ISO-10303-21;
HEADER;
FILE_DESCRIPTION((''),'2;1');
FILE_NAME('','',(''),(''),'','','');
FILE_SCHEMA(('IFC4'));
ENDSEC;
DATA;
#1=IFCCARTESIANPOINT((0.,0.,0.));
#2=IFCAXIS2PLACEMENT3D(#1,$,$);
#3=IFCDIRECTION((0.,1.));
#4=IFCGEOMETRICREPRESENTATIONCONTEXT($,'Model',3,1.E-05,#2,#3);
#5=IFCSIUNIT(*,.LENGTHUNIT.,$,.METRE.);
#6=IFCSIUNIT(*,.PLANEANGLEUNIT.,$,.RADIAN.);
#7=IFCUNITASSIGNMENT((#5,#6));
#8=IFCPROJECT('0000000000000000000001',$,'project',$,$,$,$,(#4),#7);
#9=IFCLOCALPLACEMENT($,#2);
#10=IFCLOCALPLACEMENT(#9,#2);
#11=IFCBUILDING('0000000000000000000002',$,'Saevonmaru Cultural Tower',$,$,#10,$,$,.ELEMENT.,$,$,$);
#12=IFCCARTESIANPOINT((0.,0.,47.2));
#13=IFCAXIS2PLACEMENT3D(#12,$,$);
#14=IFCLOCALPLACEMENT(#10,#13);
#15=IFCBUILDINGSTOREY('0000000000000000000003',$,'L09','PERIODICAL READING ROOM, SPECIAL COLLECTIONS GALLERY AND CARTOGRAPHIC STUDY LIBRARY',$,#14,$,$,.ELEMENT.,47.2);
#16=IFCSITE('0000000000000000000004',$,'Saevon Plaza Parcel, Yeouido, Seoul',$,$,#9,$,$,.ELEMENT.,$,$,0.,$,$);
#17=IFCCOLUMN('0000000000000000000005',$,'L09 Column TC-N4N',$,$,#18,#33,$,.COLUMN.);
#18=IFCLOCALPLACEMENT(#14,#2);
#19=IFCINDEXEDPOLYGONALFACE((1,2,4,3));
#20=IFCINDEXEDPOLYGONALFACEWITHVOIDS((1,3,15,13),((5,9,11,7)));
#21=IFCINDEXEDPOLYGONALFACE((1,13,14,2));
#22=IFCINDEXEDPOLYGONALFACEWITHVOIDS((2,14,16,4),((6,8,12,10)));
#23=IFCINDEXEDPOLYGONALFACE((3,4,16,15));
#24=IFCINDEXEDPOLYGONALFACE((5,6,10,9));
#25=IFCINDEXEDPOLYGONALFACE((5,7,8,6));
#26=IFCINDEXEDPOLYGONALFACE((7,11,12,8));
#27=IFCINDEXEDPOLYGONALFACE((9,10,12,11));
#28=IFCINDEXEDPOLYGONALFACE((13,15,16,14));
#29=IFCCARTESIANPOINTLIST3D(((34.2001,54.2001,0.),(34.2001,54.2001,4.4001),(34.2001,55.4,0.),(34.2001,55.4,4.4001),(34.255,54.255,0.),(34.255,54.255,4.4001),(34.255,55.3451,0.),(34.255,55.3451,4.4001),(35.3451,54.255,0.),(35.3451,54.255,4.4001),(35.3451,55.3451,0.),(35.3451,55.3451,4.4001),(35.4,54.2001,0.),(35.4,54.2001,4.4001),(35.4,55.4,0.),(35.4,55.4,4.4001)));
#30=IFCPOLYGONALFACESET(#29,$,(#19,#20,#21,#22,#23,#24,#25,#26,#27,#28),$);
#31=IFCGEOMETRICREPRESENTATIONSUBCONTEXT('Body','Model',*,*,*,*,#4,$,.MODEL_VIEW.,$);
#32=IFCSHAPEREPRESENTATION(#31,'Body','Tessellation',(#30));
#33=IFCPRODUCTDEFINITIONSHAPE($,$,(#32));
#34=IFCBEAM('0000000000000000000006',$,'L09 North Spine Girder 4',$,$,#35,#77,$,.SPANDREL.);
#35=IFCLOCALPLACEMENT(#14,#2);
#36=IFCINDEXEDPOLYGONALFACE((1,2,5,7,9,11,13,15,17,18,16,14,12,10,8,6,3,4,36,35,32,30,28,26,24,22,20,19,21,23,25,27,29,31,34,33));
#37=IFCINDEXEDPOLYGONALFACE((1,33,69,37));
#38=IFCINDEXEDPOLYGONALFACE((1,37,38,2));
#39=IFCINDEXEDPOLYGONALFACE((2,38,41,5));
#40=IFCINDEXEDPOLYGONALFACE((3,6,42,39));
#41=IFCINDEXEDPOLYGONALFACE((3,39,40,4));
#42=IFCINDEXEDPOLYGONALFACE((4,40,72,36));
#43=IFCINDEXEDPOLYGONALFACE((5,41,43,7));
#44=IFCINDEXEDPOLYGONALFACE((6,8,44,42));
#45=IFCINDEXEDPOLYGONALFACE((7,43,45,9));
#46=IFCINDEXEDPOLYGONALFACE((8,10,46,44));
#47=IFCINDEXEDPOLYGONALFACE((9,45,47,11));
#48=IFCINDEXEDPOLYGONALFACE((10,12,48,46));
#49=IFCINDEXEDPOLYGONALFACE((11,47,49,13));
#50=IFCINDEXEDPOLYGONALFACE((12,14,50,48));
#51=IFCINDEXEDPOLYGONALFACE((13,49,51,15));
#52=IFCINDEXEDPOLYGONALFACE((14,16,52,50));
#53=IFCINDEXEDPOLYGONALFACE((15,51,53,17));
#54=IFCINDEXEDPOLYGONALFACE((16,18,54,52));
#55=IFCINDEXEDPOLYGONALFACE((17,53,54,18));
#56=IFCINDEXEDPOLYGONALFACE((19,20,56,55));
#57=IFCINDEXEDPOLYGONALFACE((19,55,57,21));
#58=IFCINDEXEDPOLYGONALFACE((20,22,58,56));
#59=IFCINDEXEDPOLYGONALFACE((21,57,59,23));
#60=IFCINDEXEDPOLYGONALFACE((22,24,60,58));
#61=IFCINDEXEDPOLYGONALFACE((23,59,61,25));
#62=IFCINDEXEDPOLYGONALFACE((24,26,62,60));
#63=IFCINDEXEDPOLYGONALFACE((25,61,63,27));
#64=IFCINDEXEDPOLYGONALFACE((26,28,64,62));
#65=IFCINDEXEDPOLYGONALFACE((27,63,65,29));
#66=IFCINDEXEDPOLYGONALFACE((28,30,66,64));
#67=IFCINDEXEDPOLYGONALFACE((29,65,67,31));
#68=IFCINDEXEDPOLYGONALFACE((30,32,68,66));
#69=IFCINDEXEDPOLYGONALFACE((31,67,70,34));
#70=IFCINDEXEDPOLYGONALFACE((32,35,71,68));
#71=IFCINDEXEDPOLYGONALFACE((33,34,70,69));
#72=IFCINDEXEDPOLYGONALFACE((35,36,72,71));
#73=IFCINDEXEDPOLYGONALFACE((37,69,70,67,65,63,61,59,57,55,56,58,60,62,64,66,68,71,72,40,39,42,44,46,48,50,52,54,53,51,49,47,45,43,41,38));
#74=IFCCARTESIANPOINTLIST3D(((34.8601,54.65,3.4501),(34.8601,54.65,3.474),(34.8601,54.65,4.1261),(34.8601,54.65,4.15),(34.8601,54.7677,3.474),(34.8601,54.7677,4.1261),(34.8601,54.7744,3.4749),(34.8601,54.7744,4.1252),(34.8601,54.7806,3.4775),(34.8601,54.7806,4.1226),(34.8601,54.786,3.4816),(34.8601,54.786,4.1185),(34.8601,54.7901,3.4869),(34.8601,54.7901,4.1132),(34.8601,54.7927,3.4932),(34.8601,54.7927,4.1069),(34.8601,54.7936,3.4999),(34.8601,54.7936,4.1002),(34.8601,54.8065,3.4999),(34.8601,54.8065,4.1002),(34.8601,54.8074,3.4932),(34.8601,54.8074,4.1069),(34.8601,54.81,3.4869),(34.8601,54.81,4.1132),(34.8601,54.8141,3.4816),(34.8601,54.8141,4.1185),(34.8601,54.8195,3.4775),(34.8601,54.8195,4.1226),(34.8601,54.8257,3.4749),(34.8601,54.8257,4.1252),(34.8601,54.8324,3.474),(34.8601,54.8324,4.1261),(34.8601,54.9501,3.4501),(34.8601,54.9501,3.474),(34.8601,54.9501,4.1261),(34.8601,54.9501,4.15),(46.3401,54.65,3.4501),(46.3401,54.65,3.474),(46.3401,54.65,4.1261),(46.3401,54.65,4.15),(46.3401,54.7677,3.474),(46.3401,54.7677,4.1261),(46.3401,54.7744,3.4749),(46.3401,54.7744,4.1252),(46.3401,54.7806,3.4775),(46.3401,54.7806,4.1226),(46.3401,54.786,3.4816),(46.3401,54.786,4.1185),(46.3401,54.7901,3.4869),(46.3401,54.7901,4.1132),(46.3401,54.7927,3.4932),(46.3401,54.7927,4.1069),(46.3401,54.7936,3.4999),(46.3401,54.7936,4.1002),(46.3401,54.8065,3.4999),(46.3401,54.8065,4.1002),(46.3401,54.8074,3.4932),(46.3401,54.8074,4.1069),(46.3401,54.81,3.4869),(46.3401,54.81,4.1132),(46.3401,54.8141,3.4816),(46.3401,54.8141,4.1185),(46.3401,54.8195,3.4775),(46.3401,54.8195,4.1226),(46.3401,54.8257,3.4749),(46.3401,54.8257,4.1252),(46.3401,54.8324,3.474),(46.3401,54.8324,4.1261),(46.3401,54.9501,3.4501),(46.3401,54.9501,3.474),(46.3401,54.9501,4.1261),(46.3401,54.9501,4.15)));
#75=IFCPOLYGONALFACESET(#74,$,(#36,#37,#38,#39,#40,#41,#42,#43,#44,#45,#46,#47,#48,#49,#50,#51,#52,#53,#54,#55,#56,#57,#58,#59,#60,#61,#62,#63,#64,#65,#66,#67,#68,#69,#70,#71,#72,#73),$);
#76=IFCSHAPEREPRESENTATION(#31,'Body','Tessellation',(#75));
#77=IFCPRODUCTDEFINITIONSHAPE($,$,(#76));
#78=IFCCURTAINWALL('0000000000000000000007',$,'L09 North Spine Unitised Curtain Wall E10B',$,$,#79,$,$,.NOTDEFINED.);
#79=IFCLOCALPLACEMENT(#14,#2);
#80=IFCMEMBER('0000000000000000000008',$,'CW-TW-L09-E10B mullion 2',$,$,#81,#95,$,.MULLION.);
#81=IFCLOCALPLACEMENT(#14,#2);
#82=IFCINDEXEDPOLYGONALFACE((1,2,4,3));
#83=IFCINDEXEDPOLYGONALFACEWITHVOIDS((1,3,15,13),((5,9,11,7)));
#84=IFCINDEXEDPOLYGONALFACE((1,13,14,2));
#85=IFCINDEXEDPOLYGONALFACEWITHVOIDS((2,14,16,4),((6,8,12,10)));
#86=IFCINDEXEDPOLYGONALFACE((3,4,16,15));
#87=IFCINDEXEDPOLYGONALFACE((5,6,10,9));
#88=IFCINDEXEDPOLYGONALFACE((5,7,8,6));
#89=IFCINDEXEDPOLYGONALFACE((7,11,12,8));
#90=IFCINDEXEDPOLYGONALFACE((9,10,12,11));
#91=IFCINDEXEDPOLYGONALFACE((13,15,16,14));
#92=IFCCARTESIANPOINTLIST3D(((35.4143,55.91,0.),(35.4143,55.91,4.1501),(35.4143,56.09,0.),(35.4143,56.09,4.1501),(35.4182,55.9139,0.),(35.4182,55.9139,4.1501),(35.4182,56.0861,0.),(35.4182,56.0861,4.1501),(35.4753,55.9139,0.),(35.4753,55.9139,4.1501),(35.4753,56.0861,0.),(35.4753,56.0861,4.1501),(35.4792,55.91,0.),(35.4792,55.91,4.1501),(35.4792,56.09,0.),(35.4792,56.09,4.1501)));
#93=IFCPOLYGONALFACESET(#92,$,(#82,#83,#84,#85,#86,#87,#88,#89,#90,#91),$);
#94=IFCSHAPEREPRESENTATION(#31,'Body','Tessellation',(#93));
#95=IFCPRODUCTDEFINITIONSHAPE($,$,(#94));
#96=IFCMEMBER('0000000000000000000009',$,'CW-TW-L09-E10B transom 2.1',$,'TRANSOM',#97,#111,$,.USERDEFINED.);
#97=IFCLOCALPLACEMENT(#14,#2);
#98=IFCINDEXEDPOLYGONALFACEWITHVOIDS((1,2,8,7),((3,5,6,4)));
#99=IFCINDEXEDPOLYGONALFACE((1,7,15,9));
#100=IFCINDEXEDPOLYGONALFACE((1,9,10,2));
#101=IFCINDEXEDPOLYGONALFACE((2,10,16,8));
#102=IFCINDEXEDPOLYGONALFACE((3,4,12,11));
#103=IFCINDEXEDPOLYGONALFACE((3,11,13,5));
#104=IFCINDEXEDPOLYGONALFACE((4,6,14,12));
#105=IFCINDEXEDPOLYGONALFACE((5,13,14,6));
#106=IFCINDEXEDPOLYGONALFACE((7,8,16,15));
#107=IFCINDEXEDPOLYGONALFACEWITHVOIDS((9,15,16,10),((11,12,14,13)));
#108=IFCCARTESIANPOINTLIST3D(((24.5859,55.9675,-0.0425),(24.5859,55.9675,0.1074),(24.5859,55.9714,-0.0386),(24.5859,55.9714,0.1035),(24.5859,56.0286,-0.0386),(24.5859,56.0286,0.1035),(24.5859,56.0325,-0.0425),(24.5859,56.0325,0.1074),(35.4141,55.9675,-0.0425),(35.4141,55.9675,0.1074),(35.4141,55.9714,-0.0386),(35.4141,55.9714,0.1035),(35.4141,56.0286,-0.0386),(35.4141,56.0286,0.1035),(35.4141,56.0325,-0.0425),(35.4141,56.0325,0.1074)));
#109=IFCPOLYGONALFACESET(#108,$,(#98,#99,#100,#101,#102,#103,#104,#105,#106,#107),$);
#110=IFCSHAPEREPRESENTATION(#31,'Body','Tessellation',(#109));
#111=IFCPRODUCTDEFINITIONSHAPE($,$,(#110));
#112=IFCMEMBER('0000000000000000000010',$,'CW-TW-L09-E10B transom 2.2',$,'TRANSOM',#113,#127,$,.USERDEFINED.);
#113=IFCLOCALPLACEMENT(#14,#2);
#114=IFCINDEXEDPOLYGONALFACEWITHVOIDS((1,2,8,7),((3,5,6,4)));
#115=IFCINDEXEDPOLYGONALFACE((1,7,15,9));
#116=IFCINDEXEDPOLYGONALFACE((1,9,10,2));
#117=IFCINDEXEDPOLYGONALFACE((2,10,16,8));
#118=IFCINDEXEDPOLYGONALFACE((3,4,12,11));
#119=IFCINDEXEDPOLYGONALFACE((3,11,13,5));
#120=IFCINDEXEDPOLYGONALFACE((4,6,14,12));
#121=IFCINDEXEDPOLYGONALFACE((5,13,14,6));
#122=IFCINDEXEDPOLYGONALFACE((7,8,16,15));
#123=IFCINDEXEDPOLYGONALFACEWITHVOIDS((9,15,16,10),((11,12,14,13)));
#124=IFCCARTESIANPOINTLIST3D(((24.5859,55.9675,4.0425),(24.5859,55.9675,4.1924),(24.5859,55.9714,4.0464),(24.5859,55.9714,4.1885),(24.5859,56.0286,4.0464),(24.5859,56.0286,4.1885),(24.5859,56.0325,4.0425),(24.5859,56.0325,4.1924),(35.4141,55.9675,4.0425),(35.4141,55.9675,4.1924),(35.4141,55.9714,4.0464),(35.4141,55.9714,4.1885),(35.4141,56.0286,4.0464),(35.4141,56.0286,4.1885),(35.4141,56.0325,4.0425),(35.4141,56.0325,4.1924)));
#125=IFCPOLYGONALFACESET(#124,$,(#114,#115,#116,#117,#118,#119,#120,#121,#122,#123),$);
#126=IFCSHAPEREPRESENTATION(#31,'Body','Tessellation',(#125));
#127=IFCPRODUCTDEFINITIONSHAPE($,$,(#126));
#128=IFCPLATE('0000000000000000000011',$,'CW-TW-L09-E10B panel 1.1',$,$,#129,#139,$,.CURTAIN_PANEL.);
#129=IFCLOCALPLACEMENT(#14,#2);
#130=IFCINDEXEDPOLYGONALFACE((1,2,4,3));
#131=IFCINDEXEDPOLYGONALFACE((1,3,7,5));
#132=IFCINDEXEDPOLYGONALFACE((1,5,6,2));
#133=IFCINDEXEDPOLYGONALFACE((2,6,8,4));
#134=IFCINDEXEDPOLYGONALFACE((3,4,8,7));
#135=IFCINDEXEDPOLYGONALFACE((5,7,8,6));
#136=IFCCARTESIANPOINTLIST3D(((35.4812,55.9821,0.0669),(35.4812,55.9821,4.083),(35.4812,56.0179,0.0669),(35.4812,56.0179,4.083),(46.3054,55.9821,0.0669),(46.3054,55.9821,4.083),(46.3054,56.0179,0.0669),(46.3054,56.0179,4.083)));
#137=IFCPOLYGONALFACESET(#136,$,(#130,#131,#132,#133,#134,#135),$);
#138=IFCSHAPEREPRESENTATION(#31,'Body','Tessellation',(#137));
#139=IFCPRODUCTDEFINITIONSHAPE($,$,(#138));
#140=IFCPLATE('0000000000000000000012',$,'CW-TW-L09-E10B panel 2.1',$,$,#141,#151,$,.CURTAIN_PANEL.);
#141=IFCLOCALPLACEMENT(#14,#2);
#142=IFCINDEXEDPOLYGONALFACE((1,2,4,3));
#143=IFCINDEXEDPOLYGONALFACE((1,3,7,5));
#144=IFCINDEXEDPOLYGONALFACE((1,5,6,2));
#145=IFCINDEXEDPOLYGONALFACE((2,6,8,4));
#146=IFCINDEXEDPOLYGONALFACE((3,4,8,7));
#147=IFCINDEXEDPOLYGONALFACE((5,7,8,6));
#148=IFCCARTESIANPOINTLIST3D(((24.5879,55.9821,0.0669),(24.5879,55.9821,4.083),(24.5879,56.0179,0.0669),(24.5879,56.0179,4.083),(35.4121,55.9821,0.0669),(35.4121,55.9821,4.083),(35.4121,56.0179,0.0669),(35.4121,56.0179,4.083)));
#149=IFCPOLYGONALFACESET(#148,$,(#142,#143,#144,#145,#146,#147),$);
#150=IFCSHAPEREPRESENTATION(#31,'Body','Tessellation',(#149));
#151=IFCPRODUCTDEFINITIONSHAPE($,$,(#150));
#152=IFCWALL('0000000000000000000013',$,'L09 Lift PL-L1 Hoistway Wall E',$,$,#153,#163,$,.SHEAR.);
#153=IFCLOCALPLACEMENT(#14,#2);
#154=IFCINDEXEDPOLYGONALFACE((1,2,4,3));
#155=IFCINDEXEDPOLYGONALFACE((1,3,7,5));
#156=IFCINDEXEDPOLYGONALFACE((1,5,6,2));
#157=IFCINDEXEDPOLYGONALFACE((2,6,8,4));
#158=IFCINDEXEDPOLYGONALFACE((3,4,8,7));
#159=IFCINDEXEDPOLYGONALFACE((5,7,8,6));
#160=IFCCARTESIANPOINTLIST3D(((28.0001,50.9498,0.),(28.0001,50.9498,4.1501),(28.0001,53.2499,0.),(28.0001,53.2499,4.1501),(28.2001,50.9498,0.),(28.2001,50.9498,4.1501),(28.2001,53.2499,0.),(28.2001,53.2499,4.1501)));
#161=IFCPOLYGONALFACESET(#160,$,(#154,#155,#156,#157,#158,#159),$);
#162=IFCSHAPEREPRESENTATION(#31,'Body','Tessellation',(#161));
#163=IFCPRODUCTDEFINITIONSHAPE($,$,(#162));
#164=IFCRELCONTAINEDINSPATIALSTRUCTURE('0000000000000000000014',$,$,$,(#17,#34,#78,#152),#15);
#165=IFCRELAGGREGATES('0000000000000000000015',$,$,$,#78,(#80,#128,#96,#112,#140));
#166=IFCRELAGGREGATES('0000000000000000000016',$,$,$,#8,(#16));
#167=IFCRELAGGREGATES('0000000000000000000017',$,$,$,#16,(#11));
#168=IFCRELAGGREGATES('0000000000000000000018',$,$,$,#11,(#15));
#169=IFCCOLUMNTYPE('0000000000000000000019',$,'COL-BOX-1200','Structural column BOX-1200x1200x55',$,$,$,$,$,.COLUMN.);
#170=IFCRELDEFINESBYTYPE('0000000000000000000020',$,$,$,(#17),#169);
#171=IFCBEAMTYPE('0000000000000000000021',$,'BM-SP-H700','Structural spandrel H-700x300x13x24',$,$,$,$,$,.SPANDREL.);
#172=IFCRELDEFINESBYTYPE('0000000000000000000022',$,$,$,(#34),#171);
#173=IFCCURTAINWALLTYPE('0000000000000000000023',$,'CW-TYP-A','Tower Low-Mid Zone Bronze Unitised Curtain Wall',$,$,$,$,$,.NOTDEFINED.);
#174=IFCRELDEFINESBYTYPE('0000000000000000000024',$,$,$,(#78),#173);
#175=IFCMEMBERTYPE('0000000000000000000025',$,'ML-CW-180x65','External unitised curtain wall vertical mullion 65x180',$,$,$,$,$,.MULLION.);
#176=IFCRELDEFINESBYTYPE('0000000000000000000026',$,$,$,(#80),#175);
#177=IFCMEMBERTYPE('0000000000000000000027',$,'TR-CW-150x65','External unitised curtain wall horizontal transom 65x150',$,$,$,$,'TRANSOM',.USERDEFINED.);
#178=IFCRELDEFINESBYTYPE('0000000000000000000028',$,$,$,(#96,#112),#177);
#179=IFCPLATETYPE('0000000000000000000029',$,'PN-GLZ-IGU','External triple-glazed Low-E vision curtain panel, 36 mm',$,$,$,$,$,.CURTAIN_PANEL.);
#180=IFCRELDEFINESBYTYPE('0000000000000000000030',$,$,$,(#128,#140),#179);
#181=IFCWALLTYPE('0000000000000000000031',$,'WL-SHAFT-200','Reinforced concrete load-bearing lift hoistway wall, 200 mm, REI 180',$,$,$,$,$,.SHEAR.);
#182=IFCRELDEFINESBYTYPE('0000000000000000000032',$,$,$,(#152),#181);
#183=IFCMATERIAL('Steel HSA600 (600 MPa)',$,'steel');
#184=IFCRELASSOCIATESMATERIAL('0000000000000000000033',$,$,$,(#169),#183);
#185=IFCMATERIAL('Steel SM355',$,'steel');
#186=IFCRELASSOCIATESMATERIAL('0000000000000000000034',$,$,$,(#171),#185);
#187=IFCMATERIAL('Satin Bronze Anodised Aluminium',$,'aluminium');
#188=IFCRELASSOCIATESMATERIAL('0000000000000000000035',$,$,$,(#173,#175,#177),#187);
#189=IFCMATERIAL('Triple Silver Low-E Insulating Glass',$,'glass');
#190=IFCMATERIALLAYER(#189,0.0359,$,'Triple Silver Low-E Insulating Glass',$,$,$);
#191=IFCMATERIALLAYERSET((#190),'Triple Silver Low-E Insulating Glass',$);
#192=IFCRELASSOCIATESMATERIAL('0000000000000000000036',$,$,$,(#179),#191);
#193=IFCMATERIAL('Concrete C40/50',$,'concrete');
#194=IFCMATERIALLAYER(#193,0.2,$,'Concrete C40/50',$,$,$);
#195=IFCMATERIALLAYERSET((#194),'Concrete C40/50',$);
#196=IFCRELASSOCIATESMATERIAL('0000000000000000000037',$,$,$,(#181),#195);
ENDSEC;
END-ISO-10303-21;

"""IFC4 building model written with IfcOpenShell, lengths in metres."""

from ifc_helpers import new_model, si_unit, direction, frame, frame_2d, origin, origin_2d, place, context, subcontext, project, spatial, rectangle, hollow_rectangle, i_section, extrude, material, layer, layer_set, material_profile, profile_set, type_object, element, aggregate, save


model = new_model("IFC4")

# Units and contexts
model_context = context("Model", 3, precision=1e-05, world=origin(), true_north=direction((0.0, 1.0)))
body_context = subcontext(model_context, "Body", "Model", "MODEL_VIEW")
ifc_project = project(units=[si_unit("LENGTHUNIT", "METRE"), si_unit("PLANEANGLEUNIT", "RADIAN")], contexts=[model_context])

# Site, building, storey
site_placement = place(None, origin())
site = spatial("IfcSite", under=ifc_project, at=site_placement, Name="Saevon Plaza Parcel, Yeouido, Seoul", CompositionType="ELEMENT", RefElevation=0.0)
building_placement = place(site_placement, origin())
building = spatial("IfcBuilding", under=site, at=building_placement, Name="Saevonmaru Cultural Tower", CompositionType="ELEMENT")
storey_placement = place(building_placement, frame((0.0, 0.0, 47.2)))
storey = spatial("IfcBuildingStorey", under=building, at=storey_placement, Name="L09", Description="PERIODICAL READING ROOM, SPECIAL COLLECTIONS GALLERY AND CARTOGRAPHIC STUDY LIBRARY", CompositionType="ELEMENT", Elevation=47.2)

# Column
ifc_material_1 = material(Name="Steel HSA600 (600 MPa)", Category="steel")
ifc_material_profile_1 = material_profile(ifc_material_1, hollow_rectangle(XDim=1.2, YDim=1.2, WallThickness=0.0549, at=origin_2d()), Name="BOX-1200x1200x55")
ifc_profile_set_1 = profile_set([ifc_material_profile_1], Name="Steel HSA600 (600 MPa)")
column_type = type_object("IfcColumnType", Name="COL-BOX-1200", Description="Structural column BOX-1200x1200x55", PredefinedType="COLUMN", material=ifc_profile_set_1)
column_placement = place(storey_placement, frame((34.8, 54.8, 0.0), z_axis=(0.0, 0.0, 1.0), x_axis=(1.0, 0.0, 0.0)))
element("IfcColumn", 1, at=column_placement, inside=storey, type_object=column_type, Name="L09 Column TC-N4N", PredefinedType="COLUMN", context=body_context, shape_type="SweptSolid", body=[
    extrude(hollow_rectangle(XDim=1.2, YDim=1.2, WallThickness=0.0549, at=origin_2d()), origin(), (0.0, 0.0, 1.0), 4.4001),
])

# Beam
ifc_material_2 = material(Name="Steel SM355", Category="steel")
ifc_material_profile_2 = material_profile(ifc_material_2, i_section(OverallWidth=0.3, OverallDepth=0.7, WebThickness=0.0129, FlangeThickness=0.0239, FilletRadius=0.0259, at=origin_2d()), Name="H-700x300x13x24")
ifc_profile_set_2 = profile_set([ifc_material_profile_2], Name="Steel SM355")
beam_type = type_object("IfcBeamType", Name="BM-SP-H700", Description="Structural spandrel H-700x300x13x24", PredefinedType="SPANDREL", material=ifc_profile_set_2)
beam_placement = place(storey_placement, frame((34.8601, 54.8, 3.8), z_axis=(1.0, 0.0, 0.0), x_axis=(0.0, 1.0, 0.0)))
element("IfcBeam", 2, at=beam_placement, inside=storey, type_object=beam_type, Name="L09 North Spine Girder 4", PredefinedType="SPANDREL", context=body_context, shape_type="SweptSolid", body=[
    extrude(i_section(OverallWidth=0.3, OverallDepth=0.7, WebThickness=0.0129, FlangeThickness=0.0239, FilletRadius=0.0259, at=origin_2d()), origin(), (0.0, 0.0, 1.0), 11.48),
])

# Curtain wall, members, plates
ifc_material_3 = material(Name="Satin Bronze Anodised Aluminium", Category="aluminium")
curtain_wall_type = type_object("IfcCurtainWallType", Name="CW-TYP-A", Description="Tower Low-Mid Zone Bronze Unitised Curtain Wall", PredefinedType="NOTDEFINED", material=ifc_material_3)
curtain_wall_placement = place(storey_placement, origin())
curtain_wall = element("IfcCurtainWall", 3, at=curtain_wall_placement, inside=storey, type_object=curtain_wall_type, Name="L09 North Spine Unitised Curtain Wall E10B", PredefinedType="NOTDEFINED")
ifc_material_profile_3 = material_profile(ifc_material_3, hollow_rectangle(XDim=0.0649, YDim=0.1799, WallThickness=0.0039, at=origin_2d()), Name="ALU-MULL-180x65x4")
ifc_profile_set_3 = profile_set([ifc_material_profile_3], Name="Satin Bronze Anodised Aluminium")
member_type_1 = type_object("IfcMemberType", Name="ML-CW-180x65", Description="External unitised curtain wall vertical mullion 65x180", PredefinedType="MULLION", material=ifc_profile_set_3)
member_1_placement = place(storey_placement, frame((35.4468, 56.0, 0.0), z_axis=(0.0, 0.0, 1.0), x_axis=(-1.0, 0.0, 0.0)))
member_1 = element("IfcMember", 4, at=member_1_placement, type_object=member_type_1, Name="CW-TW-L09-E10B mullion 2", PredefinedType="MULLION", context=body_context, shape_type="SweptSolid", body=[
    extrude(hollow_rectangle(XDim=0.0649, YDim=0.1799, WallThickness=0.0039, at=origin_2d()), origin(), (0.0, 0.0, 1.0), 4.1501),
])
ifc_material_profile_4 = material_profile(ifc_material_3, hollow_rectangle(XDim=0.0649, YDim=0.1499, WallThickness=0.0039, at=origin_2d()), Name="ALU-TRAN-150x65x4")
ifc_profile_set_4 = profile_set([ifc_material_profile_4], Name="Satin Bronze Anodised Aluminium")
member_type_2 = type_object("IfcMemberType", Name="TR-CW-150x65", Description="External unitised curtain wall horizontal transom 65x150", ElementType="TRANSOM", PredefinedType="USERDEFINED", material=ifc_profile_set_4)
member_2_placement = place(storey_placement, frame((35.4141, 56.0, 0.0325), z_axis=(-1.0, 0.0, 0.0), x_axis=(0.0, -1.0, 0.0)))
member_2 = element("IfcMember", 5, at=member_2_placement, type_object=member_type_2, Name="CW-TW-L09-E10B transom 2.1", ObjectType="TRANSOM", PredefinedType="USERDEFINED", context=body_context, shape_type="SweptSolid", body=[
    extrude(hollow_rectangle(XDim=0.0649, YDim=0.1499, WallThickness=0.0039, at=origin_2d()), origin(), (0.0, 0.0, 1.0), 10.8281),
])
member_3_placement = place(storey_placement, frame((35.4141, 56.0, 4.1174), z_axis=(-1.0, 0.0, 0.0), x_axis=(0.0, -1.0, 0.0)))
member_3 = element("IfcMember", 6, at=member_3_placement, type_object=member_type_2, Name="CW-TW-L09-E10B transom 2.2", ObjectType="TRANSOM", PredefinedType="USERDEFINED", context=body_context, shape_type="SweptSolid", body=[
    extrude(hollow_rectangle(XDim=0.0649, YDim=0.1499, WallThickness=0.0039, at=origin_2d()), origin(), (0.0, 0.0, 1.0), 10.8281),
])
ifc_material_4 = material(Name="Triple Silver Low-E Insulating Glass", Category="glass")
ifc_layer_1 = layer(ifc_material_4, 0.0359, Name="Triple Silver Low-E Insulating Glass")
ifc_layer_set_1 = layer_set([ifc_layer_1], Name="Triple Silver Low-E Insulating Glass")
plate_type = type_object("IfcPlateType", Name="PN-GLZ-IGU", Description="External triple-glazed Low-E vision curtain panel, 36 mm", PredefinedType="CURTAIN_PANEL", material=ifc_layer_set_1)
plate_1_placement = place(storey_placement, frame((40.8933, 56.0, 0.0669), z_axis=(0.0, 0.0, 1.0), x_axis=(-1.0, 0.0, 0.0)))
plate_1 = element("IfcPlate", 7, at=plate_1_placement, type_object=plate_type, Name="CW-TW-L09-E10B panel 1.1", PredefinedType="CURTAIN_PANEL", context=body_context, shape_type="SweptSolid", body=[
    extrude(rectangle(XDim=10.8242, YDim=0.0359, at=origin_2d()), origin(), (0.0, 0.0, 1.0), 4.0161),
])
plate_2_placement = place(storey_placement, frame((30.0, 56.0, 0.0669), z_axis=(0.0, 0.0, 1.0), x_axis=(-1.0, 0.0, 0.0)))
plate_2 = element("IfcPlate", 8, at=plate_2_placement, type_object=plate_type, Name="CW-TW-L09-E10B panel 2.1", PredefinedType="CURTAIN_PANEL", context=body_context, shape_type="SweptSolid", body=[
    extrude(rectangle(XDim=10.8242, YDim=0.0359, at=origin_2d()), origin(), (0.0, 0.0, 1.0), 4.0161),
])
aggregate(curtain_wall, [member_1, plate_1, member_2, member_3, plate_2])

# Wall
ifc_material_5 = material(Name="Concrete C40/50", Category="concrete")
ifc_layer_2 = layer(ifc_material_5, 0.2, Name="Concrete C40/50")
ifc_layer_set_2 = layer_set([ifc_layer_2], Name="Concrete C40/50")
wall_type_1 = type_object("IfcWallType", Name="WL-SHAFT-200", Description="Reinforced concrete load-bearing lift hoistway wall, 200 mm, REI 180", PredefinedType="SHEAR", material=ifc_layer_set_2)
wall_1_placement = place(storey_placement, frame((28.1001, 50.95, 0.0), z_axis=(0.0, 0.0, 1.0), x_axis=(0.0, 1.0, 0.0)))
element("IfcWall", 9, at=wall_1_placement, inside=storey, type_object=wall_type_1, Name="L09 Lift PL-L1 Hoistway Wall E", PredefinedType="SHEAR", context=body_context, shape_type="SweptSolid", body=[
    extrude(rectangle(XDim=2.3, YDim=0.2, at=frame_2d((1.1499, 0.0))), origin(), (0.0, 0.0, 1.0), 4.1501),
])

save(model, "model.ifc")
